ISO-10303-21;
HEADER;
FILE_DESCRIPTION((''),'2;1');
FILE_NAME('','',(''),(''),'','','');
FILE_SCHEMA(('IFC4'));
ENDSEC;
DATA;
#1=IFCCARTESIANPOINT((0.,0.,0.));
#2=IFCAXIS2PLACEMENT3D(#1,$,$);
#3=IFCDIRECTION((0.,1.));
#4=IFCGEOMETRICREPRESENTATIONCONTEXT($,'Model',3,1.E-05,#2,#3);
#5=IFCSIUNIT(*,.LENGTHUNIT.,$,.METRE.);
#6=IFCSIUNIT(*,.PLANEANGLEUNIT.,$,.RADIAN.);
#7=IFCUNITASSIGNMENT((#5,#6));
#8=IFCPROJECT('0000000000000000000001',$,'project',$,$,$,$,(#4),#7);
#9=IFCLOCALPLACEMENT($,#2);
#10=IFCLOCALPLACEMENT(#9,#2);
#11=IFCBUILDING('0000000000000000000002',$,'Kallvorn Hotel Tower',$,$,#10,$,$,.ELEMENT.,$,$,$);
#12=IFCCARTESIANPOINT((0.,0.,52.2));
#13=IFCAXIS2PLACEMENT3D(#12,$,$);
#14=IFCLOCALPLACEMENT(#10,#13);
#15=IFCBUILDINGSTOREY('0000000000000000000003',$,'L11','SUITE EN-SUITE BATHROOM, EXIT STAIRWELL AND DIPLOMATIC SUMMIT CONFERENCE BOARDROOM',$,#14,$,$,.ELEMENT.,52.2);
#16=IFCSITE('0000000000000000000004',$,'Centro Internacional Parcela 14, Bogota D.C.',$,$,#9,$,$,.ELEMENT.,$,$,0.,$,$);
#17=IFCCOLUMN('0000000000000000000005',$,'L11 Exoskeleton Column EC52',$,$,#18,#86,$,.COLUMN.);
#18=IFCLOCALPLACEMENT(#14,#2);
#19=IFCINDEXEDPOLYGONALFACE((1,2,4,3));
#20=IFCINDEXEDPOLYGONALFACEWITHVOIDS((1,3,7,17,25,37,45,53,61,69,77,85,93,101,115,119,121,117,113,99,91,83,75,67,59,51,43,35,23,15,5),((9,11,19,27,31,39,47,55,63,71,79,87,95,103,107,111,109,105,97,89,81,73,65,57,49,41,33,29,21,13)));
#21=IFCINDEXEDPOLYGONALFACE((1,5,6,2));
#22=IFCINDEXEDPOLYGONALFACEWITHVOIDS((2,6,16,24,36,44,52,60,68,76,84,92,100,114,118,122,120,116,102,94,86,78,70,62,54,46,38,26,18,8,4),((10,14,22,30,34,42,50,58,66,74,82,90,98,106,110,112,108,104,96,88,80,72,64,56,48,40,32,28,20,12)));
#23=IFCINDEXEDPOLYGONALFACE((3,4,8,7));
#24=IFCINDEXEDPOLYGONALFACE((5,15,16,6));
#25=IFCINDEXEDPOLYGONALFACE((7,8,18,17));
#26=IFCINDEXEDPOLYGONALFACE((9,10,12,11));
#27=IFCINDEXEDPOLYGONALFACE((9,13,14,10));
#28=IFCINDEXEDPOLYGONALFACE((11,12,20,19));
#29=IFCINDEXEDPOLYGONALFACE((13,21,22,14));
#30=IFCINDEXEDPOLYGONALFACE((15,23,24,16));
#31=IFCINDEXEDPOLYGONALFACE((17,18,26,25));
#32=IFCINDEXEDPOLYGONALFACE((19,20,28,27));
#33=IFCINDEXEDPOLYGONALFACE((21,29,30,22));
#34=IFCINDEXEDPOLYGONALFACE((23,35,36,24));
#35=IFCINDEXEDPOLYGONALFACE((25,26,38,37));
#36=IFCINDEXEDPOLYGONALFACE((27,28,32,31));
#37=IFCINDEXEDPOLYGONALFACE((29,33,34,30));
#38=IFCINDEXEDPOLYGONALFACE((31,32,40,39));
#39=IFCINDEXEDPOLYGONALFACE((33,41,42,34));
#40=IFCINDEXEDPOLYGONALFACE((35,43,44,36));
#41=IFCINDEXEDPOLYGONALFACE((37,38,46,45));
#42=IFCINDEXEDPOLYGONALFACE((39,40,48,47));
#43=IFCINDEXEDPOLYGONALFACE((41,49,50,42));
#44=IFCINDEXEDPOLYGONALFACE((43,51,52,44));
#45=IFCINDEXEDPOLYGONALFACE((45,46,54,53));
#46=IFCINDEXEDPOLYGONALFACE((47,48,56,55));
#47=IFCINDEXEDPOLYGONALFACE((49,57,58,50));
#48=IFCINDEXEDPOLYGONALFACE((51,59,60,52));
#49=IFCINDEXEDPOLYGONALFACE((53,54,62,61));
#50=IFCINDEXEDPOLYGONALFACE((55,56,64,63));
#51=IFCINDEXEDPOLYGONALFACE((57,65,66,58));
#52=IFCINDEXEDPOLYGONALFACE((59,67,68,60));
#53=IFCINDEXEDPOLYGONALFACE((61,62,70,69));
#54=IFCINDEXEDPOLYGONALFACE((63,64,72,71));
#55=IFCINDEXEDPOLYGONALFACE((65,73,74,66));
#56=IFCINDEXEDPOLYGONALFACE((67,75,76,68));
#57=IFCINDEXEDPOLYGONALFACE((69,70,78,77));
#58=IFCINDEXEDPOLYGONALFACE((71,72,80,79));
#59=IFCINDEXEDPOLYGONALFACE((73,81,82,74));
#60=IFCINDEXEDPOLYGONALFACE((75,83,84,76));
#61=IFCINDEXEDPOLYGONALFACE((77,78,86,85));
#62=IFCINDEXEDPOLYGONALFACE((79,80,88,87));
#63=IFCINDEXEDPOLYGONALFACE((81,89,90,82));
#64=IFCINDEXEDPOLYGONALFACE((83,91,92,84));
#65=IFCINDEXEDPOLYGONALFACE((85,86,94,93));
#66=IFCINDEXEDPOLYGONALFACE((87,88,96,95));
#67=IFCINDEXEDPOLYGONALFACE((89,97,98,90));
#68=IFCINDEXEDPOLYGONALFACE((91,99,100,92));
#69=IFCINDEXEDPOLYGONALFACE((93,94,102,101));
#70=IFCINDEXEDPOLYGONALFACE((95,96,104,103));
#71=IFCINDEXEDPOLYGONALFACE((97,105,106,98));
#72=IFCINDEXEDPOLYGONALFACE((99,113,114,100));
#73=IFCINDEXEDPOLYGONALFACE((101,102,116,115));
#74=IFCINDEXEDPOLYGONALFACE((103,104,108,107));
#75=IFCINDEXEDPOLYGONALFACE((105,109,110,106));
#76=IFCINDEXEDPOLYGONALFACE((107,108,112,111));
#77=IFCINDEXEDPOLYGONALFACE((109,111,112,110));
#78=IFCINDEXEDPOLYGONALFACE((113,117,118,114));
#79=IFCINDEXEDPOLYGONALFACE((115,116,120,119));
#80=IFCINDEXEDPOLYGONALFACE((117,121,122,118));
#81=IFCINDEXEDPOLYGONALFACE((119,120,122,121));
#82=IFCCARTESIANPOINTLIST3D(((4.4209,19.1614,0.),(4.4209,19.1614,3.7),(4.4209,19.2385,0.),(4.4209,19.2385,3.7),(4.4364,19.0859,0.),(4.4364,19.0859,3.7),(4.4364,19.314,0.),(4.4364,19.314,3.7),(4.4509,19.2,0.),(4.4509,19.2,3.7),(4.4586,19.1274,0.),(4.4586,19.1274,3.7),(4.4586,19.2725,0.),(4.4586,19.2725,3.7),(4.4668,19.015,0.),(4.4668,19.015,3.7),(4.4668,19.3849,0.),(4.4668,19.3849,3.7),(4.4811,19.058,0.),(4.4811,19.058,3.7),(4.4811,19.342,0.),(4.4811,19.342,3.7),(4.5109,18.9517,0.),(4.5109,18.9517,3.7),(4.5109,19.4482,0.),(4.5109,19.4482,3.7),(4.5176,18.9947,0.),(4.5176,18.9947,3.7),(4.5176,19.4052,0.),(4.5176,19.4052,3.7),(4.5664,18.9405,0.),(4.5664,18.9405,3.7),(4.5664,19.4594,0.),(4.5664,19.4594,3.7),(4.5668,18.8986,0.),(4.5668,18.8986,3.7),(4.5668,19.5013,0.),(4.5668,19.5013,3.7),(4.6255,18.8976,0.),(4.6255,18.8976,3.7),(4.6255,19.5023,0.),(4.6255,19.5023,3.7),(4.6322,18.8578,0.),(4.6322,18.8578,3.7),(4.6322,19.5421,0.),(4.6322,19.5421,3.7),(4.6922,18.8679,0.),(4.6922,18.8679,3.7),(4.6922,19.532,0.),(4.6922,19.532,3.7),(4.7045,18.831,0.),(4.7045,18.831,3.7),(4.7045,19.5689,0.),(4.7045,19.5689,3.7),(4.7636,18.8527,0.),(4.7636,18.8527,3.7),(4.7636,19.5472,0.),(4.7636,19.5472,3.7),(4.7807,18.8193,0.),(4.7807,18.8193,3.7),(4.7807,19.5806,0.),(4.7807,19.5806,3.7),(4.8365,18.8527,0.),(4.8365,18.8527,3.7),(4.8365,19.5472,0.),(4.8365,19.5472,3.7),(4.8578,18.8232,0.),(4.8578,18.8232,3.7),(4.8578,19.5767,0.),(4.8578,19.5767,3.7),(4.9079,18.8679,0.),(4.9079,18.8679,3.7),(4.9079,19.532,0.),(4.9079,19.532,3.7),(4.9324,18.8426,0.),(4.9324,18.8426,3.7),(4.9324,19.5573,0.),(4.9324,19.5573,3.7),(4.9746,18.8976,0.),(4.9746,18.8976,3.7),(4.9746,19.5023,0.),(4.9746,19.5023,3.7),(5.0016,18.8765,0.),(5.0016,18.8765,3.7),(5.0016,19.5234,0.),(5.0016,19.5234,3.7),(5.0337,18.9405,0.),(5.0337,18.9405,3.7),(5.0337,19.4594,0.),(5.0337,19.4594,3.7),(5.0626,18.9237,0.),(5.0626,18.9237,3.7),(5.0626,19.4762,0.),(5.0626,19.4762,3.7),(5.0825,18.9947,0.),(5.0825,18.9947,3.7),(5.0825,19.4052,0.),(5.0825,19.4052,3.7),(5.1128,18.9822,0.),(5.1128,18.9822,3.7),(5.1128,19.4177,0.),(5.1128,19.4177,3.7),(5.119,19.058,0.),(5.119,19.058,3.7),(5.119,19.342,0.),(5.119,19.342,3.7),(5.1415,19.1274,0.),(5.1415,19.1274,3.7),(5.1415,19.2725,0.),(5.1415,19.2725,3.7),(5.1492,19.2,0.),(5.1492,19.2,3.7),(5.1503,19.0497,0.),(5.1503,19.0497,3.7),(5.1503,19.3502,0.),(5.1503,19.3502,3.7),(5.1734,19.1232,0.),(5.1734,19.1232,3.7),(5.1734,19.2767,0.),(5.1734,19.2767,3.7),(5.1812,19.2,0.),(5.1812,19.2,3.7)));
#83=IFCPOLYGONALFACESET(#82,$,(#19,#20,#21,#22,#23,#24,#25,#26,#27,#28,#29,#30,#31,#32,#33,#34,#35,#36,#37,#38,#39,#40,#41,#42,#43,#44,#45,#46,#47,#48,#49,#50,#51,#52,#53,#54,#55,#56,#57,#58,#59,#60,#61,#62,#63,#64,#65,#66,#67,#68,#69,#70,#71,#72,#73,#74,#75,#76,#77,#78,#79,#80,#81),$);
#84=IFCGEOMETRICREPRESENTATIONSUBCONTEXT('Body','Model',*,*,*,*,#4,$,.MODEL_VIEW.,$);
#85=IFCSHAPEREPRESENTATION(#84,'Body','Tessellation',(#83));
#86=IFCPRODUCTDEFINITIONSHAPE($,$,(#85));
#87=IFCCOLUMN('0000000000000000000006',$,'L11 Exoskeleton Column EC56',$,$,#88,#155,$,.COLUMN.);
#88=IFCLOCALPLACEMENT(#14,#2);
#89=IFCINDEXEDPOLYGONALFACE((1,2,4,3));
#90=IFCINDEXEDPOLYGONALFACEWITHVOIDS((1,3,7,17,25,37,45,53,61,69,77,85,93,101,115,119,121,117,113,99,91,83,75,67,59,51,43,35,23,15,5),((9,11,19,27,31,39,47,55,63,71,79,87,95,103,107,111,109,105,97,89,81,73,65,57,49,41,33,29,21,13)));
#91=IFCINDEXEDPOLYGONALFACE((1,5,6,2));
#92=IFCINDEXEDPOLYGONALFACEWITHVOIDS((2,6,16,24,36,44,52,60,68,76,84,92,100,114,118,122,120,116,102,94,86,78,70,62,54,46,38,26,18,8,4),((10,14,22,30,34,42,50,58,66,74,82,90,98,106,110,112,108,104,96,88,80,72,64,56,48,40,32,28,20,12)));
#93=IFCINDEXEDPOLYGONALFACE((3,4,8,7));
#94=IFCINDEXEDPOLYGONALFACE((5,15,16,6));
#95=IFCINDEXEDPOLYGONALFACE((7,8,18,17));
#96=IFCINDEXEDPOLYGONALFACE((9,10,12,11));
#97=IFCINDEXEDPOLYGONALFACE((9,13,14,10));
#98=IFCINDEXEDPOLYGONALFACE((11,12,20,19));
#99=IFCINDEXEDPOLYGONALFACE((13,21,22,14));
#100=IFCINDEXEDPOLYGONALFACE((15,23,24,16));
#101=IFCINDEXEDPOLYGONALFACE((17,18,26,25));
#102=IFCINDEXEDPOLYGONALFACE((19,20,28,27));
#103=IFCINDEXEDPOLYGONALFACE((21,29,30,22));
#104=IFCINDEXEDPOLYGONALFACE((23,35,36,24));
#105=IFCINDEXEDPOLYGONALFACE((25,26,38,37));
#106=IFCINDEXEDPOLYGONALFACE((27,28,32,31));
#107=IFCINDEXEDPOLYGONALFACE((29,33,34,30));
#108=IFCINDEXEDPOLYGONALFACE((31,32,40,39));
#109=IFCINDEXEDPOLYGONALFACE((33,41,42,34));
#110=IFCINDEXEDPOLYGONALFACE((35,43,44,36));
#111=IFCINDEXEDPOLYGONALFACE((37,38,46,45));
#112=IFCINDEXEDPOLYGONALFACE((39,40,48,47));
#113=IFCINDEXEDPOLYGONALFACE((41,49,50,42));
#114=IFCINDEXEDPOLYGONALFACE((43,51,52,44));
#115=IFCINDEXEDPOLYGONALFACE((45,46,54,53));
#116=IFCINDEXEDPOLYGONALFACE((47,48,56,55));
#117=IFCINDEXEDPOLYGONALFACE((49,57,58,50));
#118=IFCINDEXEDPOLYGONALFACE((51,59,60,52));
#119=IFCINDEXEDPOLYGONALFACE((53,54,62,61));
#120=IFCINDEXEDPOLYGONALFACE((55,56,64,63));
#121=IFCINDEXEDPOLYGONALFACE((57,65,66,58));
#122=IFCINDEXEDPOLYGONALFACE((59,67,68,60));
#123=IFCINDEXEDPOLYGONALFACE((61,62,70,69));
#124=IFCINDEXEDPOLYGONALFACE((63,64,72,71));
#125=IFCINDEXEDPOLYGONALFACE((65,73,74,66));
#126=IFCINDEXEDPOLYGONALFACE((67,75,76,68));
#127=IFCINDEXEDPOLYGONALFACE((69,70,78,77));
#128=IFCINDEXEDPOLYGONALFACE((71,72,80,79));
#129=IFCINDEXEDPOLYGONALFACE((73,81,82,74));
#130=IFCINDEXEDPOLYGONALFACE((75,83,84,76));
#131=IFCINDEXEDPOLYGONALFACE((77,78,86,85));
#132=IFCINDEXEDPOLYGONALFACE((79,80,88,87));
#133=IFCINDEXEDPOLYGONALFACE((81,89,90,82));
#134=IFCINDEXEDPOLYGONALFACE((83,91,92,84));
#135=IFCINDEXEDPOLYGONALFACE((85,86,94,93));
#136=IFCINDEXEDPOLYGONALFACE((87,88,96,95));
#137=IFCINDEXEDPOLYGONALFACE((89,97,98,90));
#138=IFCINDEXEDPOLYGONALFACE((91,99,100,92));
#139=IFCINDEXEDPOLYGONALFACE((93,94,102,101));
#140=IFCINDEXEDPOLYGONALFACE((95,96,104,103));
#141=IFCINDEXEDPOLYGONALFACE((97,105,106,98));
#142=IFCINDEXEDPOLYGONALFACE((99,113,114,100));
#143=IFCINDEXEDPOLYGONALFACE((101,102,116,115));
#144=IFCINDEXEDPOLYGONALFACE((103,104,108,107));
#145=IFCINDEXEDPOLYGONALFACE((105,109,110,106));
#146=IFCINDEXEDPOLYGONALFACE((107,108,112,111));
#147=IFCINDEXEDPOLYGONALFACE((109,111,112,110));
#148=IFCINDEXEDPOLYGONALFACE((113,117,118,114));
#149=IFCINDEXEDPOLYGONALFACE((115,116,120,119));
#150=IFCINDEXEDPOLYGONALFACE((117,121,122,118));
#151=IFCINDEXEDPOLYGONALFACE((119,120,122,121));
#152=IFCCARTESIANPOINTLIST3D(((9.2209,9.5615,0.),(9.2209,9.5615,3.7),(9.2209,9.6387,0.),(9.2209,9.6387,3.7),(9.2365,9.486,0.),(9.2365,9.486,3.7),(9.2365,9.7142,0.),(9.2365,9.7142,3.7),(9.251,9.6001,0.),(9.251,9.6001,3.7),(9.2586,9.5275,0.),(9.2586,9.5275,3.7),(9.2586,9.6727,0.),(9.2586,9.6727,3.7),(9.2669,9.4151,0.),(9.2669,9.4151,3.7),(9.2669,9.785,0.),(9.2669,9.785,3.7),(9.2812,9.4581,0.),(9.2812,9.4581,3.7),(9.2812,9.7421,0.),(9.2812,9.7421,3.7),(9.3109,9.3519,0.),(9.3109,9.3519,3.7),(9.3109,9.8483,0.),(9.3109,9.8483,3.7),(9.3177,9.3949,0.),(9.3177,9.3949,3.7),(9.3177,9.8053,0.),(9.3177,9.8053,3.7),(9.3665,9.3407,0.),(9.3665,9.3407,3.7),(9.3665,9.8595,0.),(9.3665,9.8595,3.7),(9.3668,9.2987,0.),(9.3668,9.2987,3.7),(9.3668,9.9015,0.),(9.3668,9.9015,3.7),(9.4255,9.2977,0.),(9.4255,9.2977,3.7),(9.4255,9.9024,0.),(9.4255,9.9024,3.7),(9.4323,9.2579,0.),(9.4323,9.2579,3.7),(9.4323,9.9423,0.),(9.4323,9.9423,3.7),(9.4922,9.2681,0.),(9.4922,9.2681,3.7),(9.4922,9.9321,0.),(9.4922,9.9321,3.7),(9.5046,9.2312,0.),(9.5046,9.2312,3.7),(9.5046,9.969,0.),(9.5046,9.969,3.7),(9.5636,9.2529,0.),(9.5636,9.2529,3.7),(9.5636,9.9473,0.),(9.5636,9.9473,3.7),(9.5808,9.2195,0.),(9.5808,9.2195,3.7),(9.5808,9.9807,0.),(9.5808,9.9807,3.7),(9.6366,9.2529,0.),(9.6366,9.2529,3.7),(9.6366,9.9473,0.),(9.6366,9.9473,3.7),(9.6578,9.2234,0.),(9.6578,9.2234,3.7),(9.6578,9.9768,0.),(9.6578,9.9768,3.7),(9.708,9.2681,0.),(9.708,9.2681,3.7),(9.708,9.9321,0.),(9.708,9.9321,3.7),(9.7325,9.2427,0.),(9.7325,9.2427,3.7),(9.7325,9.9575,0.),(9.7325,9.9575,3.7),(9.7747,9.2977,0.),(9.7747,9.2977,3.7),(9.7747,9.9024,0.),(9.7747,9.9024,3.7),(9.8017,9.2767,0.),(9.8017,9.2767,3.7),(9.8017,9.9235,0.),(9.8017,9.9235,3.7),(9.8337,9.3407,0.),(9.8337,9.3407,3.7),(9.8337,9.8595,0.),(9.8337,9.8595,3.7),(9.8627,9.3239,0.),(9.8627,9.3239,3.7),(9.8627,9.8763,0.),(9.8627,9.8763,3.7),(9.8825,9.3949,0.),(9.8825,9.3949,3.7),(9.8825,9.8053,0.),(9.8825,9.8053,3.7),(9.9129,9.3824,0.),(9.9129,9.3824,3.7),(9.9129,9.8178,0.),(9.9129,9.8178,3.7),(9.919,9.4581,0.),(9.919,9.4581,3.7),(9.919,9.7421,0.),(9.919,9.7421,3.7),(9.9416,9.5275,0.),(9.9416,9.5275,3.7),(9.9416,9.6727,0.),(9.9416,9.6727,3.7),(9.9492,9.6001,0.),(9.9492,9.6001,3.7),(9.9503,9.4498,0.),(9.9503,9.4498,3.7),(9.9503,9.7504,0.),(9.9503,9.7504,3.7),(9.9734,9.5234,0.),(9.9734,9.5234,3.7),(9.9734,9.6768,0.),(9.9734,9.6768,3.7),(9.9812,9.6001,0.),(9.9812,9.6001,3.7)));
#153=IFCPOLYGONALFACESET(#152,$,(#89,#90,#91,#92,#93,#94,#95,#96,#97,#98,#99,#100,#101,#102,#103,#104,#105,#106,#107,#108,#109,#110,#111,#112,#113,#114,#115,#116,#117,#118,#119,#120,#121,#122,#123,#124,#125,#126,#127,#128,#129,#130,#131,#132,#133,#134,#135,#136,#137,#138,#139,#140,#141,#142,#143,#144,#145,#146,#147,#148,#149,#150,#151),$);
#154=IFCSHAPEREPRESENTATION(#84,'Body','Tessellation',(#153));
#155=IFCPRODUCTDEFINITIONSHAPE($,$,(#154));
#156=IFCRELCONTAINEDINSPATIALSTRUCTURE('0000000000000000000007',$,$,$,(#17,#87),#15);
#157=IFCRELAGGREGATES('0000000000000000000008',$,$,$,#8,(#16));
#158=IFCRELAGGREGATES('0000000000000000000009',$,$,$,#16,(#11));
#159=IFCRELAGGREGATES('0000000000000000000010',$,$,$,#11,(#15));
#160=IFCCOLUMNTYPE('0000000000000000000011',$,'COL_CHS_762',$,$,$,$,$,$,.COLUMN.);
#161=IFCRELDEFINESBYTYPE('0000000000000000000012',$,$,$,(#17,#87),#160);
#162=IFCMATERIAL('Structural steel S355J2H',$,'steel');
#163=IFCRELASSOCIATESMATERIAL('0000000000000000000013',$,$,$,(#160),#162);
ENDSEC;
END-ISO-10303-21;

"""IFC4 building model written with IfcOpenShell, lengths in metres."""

from ifc_helpers import new_model, si_unit, direction, frame, origin, origin_2d, place, context, subcontext, project, spatial, hollow_circle, extrude, material, material_profile, profile_set, type_object, element, save


model = new_model("IFC4")

# Units and contexts
model_context = context("Model", 3, precision=1e-05, world=origin(), true_north=direction((0.0, 1.0)))
body_context = subcontext(model_context, "Body", "Model", "MODEL_VIEW")
ifc_project = project(units=[si_unit("LENGTHUNIT", "METRE"), si_unit("PLANEANGLEUNIT", "RADIAN")], contexts=[model_context])

# Site, building, storey
site_placement = place(None, origin())
site = spatial("IfcSite", under=ifc_project, at=site_placement, Name="Centro Internacional Parcela 14, Bogota D.C.", CompositionType="ELEMENT", RefElevation=0.0)
building_placement = place(site_placement, origin())
building = spatial("IfcBuilding", under=site, at=building_placement, Name="Kallvorn Hotel Tower", CompositionType="ELEMENT")
storey_placement = place(building_placement, frame((0.0, 0.0, 52.2)))
storey = spatial("IfcBuildingStorey", under=building, at=storey_placement, Name="L11", Description="SUITE EN-SUITE BATHROOM, EXIT STAIRWELL AND DIPLOMATIC SUMMIT CONFERENCE BOARDROOM", CompositionType="ELEMENT", Elevation=52.2)

# Columns
ifc_material_1 = material(Name="Structural steel S355J2H", Category="steel")
ifc_material_profile_1 = material_profile(ifc_material_1, hollow_circle(Radius=0.3811, WallThickness=0.032, at=origin_2d()), Name="CHS 762x32")
ifc_profile_set_1 = profile_set([ifc_material_profile_1], Name="Structural steel S355J2H")
column_type_1 = type_object("IfcColumnType", Name="COL_CHS_762", PredefinedType="COLUMN", material=ifc_profile_set_1)
for number, where, z_axis, x_axis, name in (
    (1, (4.8, 19.2, 0.0), (0.0, 0.0, 1.0), (1.0, 0.0, 0.0), "L11 Exoskeleton Column EC52"),
    (2, (9.6001, 9.6001, 0.0), (0.0, 0.0, 1.0), (1.0, 0.0, 0.0), "L11 Exoskeleton Column EC56"),
):
    element("IfcColumn", number, at=place(storey_placement, frame(where, z_axis=z_axis, x_axis=x_axis)), inside=storey, type_object=column_type_1, Name=name, PredefinedType="COLUMN", context=body_context, shape_type="SweptSolid", body=[
        extrude(hollow_circle(Radius=0.3811, WallThickness=0.032, at=origin_2d()), origin(), (0.0, 0.0, 1.0), 3.7),
    ])

save(model, "model.ifc")
